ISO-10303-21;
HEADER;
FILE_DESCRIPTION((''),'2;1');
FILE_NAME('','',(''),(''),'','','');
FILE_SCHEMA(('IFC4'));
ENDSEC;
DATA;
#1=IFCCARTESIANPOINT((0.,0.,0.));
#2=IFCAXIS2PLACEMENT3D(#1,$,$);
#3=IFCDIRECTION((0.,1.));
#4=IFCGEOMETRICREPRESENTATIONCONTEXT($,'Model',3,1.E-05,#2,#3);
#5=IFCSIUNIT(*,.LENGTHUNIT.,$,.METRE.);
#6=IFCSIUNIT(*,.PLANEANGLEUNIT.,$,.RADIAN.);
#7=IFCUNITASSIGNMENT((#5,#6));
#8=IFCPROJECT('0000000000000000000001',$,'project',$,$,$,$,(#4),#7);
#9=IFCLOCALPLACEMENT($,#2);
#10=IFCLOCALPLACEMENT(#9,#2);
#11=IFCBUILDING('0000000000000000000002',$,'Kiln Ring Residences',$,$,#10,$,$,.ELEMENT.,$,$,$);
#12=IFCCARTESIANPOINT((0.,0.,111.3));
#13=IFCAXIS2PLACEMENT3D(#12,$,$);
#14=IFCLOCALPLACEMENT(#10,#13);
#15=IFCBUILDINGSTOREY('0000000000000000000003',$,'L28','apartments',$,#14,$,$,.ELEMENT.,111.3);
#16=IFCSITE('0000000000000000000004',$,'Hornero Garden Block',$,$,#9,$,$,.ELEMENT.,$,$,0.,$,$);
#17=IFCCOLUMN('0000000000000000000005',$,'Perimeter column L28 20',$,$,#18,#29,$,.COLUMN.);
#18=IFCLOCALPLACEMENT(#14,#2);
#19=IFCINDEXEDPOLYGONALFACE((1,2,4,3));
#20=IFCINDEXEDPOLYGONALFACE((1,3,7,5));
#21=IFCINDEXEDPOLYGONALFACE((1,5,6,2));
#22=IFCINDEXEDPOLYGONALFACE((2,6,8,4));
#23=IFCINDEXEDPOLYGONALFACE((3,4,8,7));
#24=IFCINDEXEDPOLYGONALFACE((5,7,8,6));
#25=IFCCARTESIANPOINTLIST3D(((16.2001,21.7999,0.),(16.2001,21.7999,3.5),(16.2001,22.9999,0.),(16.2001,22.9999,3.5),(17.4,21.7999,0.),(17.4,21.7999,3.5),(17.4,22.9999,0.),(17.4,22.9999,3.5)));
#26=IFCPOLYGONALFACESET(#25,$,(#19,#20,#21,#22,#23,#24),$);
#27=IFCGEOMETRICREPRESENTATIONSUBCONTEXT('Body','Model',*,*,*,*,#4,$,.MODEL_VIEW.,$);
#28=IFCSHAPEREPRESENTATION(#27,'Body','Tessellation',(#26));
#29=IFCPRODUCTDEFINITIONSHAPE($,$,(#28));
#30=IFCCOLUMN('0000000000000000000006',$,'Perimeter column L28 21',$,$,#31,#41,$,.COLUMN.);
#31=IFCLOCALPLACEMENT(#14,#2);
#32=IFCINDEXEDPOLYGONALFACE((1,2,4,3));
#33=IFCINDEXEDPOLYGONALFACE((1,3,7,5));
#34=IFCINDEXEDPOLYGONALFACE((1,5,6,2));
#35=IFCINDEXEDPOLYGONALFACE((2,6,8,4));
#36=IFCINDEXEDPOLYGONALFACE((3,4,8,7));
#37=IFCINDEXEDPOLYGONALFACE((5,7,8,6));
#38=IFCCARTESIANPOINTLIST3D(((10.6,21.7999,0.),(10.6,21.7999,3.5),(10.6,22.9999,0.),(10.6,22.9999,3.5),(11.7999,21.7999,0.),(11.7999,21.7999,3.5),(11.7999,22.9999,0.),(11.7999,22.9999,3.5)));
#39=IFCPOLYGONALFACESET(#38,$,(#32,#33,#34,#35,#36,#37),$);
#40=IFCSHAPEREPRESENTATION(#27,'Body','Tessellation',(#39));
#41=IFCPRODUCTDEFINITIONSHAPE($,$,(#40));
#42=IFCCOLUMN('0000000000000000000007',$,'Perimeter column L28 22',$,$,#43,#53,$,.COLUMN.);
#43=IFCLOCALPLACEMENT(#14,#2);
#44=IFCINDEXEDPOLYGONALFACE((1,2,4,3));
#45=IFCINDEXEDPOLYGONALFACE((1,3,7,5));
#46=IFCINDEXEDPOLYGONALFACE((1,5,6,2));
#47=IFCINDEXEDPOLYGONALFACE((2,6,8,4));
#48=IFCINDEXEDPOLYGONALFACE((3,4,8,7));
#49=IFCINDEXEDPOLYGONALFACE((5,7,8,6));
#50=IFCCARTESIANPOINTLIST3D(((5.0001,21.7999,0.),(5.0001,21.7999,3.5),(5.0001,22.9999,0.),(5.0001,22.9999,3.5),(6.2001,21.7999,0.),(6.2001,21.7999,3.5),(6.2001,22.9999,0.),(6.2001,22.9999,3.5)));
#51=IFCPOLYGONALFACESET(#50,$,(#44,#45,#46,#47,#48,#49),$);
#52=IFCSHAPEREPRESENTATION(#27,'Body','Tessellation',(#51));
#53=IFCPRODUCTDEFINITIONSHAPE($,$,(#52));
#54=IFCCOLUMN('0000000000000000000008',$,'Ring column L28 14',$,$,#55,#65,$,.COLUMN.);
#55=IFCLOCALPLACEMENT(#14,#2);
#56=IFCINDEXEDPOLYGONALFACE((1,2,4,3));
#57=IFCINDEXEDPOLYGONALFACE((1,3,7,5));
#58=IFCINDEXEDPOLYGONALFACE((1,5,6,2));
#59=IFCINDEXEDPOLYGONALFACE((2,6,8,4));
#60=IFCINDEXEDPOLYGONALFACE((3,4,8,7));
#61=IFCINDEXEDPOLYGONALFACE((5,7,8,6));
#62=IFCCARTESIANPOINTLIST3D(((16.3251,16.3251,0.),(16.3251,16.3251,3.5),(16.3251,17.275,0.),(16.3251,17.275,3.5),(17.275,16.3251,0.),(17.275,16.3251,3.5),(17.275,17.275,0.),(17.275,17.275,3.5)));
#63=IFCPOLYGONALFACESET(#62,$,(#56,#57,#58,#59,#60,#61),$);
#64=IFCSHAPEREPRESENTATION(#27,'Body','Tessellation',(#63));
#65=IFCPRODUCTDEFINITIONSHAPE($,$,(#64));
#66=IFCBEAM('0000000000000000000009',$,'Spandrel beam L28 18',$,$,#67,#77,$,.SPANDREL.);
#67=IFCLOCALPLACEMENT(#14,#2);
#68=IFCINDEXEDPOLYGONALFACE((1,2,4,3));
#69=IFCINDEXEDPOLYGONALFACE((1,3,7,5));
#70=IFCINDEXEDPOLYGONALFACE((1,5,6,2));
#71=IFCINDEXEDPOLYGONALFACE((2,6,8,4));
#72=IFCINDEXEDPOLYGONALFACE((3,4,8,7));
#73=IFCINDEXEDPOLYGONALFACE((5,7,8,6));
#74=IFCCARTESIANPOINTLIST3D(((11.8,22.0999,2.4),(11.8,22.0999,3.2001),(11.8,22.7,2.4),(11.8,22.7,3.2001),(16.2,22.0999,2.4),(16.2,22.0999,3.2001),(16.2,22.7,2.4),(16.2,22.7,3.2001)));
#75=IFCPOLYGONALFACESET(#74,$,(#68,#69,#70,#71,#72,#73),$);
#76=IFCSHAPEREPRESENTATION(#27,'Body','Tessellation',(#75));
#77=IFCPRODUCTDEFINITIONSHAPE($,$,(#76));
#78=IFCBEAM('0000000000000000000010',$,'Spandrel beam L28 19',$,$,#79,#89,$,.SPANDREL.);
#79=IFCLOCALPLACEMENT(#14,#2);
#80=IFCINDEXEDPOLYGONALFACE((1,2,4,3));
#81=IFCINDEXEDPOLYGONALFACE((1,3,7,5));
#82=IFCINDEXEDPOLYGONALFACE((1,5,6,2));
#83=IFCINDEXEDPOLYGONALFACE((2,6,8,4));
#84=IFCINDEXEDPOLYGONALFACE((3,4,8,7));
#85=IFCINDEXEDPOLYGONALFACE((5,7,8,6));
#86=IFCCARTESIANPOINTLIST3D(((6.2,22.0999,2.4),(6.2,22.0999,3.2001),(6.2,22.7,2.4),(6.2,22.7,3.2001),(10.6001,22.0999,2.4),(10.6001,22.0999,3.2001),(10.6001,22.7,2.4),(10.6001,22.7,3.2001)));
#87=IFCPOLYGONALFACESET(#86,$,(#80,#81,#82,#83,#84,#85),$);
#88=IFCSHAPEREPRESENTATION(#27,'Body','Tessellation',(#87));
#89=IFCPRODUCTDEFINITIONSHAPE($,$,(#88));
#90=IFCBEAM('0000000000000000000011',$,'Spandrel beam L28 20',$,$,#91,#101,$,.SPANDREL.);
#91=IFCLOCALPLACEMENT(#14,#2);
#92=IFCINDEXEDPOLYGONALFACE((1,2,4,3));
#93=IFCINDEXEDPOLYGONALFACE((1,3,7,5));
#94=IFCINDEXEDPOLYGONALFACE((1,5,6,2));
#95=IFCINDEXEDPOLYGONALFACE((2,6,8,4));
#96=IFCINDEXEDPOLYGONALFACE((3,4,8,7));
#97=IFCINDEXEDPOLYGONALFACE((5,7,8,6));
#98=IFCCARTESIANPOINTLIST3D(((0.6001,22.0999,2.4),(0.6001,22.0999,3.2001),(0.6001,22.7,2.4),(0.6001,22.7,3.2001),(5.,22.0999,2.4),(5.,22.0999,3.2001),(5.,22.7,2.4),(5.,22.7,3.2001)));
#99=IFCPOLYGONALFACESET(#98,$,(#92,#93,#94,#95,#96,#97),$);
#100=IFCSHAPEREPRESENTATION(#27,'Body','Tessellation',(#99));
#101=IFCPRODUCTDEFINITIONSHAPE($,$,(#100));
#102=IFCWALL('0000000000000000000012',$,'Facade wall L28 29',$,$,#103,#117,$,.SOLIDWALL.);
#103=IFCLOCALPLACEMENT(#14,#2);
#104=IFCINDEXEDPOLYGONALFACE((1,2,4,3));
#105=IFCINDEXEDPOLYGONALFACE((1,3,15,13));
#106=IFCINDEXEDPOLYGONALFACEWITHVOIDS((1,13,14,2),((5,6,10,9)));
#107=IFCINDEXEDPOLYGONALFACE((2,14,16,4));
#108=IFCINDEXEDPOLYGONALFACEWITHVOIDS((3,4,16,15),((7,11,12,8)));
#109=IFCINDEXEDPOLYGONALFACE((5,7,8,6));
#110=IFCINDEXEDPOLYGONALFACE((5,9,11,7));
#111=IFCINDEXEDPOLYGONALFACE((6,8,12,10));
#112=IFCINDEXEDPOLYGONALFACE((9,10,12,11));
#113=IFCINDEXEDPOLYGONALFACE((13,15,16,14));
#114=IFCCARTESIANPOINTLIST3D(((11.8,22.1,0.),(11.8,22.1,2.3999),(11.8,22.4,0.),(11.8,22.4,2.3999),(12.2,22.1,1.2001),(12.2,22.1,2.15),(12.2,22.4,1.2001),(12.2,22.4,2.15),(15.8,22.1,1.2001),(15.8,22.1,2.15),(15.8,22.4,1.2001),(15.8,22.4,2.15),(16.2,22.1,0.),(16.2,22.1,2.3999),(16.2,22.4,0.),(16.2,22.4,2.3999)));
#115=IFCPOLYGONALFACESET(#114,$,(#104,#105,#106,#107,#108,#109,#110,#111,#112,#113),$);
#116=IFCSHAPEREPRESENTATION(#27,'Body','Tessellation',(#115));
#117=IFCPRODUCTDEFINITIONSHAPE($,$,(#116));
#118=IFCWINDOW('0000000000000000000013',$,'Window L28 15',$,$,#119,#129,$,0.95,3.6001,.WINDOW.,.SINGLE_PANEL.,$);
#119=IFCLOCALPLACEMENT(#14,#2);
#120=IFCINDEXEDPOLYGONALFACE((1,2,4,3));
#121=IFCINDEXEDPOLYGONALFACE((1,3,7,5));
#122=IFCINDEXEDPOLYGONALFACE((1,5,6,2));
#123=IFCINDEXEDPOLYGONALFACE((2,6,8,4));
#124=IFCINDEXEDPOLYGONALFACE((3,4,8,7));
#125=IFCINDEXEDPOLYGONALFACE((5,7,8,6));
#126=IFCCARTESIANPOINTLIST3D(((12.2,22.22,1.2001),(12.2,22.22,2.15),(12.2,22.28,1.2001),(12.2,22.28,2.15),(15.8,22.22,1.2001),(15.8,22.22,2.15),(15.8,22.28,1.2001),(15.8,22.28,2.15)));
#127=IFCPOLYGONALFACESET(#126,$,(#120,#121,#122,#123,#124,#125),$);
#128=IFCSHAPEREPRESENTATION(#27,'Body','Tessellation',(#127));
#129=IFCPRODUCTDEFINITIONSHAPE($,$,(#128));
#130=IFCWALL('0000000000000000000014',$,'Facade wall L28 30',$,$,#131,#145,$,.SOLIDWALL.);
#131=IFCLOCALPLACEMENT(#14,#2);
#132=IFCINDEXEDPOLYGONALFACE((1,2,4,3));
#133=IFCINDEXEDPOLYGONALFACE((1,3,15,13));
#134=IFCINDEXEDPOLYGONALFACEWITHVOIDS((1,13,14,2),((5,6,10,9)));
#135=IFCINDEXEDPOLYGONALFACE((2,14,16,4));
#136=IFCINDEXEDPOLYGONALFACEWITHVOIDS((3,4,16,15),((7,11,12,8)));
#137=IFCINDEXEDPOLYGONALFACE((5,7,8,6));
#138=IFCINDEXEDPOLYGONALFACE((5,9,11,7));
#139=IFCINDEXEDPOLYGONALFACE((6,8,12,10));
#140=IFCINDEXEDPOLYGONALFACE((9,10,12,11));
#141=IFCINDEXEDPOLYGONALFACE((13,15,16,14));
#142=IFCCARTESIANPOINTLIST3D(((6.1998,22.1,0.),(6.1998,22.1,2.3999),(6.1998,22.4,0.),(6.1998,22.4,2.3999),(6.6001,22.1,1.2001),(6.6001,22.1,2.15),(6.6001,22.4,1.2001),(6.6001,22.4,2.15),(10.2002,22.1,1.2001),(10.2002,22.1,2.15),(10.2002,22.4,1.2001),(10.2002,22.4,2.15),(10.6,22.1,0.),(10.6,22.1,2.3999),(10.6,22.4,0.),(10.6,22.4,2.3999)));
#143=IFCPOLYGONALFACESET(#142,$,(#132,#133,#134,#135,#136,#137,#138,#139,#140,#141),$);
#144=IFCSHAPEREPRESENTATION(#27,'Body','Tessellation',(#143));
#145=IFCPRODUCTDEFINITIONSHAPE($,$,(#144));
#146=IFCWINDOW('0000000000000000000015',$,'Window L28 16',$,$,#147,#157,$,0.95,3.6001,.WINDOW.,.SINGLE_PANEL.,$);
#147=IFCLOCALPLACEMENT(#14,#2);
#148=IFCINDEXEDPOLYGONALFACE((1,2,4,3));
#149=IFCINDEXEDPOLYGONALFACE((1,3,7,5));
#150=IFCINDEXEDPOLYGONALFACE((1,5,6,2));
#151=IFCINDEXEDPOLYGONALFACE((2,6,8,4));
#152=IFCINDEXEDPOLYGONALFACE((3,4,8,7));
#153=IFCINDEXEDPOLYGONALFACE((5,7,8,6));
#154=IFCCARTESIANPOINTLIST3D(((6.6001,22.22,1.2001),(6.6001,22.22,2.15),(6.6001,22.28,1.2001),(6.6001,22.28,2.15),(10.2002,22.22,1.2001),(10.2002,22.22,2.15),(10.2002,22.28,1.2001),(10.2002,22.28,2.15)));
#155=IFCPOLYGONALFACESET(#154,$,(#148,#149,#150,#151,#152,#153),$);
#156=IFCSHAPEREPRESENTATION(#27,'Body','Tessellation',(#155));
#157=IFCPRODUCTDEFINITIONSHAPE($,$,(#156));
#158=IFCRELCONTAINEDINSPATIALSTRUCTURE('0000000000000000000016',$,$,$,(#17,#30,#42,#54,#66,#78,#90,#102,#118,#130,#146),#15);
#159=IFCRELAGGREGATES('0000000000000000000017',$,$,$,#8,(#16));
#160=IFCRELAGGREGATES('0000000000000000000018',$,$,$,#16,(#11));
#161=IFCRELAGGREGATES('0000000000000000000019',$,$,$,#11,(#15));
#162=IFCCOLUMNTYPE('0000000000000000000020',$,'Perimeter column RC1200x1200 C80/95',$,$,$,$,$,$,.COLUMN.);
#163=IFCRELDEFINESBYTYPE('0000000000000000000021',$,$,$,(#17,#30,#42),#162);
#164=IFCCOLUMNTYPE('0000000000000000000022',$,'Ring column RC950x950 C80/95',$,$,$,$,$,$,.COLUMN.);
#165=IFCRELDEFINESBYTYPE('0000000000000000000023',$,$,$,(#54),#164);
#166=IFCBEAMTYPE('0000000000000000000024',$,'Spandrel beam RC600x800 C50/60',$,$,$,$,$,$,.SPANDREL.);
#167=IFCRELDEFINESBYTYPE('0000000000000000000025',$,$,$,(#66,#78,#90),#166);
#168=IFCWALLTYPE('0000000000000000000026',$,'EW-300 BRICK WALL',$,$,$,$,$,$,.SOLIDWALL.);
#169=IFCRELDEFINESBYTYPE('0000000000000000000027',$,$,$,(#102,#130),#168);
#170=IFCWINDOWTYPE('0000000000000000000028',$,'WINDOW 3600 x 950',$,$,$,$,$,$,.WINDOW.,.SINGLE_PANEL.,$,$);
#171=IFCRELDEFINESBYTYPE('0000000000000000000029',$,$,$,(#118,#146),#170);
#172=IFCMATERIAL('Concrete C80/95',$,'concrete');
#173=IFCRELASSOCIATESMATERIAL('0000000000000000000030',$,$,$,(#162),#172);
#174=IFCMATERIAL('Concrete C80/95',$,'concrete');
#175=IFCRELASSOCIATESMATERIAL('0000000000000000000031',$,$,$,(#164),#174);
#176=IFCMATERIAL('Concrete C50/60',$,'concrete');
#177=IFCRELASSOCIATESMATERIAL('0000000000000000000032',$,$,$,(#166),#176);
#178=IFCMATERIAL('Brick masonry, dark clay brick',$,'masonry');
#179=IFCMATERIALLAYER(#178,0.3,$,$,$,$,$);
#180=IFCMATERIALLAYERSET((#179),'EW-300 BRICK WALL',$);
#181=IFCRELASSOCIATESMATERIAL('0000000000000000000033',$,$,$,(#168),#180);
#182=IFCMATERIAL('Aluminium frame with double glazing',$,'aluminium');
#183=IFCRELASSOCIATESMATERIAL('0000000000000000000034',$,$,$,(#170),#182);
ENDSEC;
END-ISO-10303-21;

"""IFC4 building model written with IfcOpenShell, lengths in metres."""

from ifc_helpers import new_model, si_unit, direction, frame, frame_2d, origin, origin_2d, place, context, subcontext, project, spatial, rectangle, extrude, material, layer, layer_set, material_profile, profile_set, type_object, element, fill, save


model = new_model("IFC4")

# Units and contexts
model_context = context("Model", 3, precision=1e-05, world=origin(), true_north=direction((0.0, 1.0)))
body_context = subcontext(model_context, "Body", "Model", "MODEL_VIEW")
ifc_project = project(units=[si_unit("LENGTHUNIT", "METRE"), si_unit("PLANEANGLEUNIT", "RADIAN")], contexts=[model_context])

# Site, building, storey
site_placement = place(None, origin())
site = spatial("IfcSite", under=ifc_project, at=site_placement, Name="Hornero Garden Block", CompositionType="ELEMENT", RefElevation=0.0)
building_placement = place(site_placement, origin())
building = spatial("IfcBuilding", under=site, at=building_placement, Name="Kiln Ring Residences", CompositionType="ELEMENT")
storey_placement = place(building_placement, frame((0.0, 0.0, 111.3)))
storey = spatial("IfcBuildingStorey", under=building, at=storey_placement, Name="L28", Description="apartments", CompositionType="ELEMENT", Elevation=111.3)

# Columns
ifc_material_1 = material(Name="Concrete C80/95", Category="concrete")
ifc_material_profile_1 = material_profile(ifc_material_1, rectangle(XDim=1.2, YDim=1.2, at=origin_2d()), Name="RC1200x1200")
ifc_profile_set_1 = profile_set([ifc_material_profile_1], Name="Concrete C80/95")
column_type_1 = type_object("IfcColumnType", Name="Perimeter column RC1200x1200 C80/95", PredefinedType="COLUMN", material=ifc_profile_set_1)
for number, where, z_axis, x_axis, name in (
    (1, (16.8, 22.3999, 0.0), (0.0, 0.0, 1.0), (1.0, 0.0, 0.0), "Perimeter column L28 20"),
    (2, (11.2, 22.3999, 0.0), (0.0, 0.0, 1.0), (1.0, 0.0, 0.0), "Perimeter column L28 21"),
    (3, (5.6001, 22.3999, 0.0), (0.0, 0.0, 1.0), (1.0, 0.0, 0.0), "Perimeter column L28 22"),
):
    element("IfcColumn", number, at=place(storey_placement, frame(where, z_axis=z_axis, x_axis=x_axis)), inside=storey, type_object=column_type_1, Name=name, PredefinedType="COLUMN", context=body_context, shape_type="SweptSolid", body=[
        extrude(rectangle(XDim=1.2, YDim=1.2, at=origin_2d()), origin(), (0.0, 0.0, 1.0), 3.5),
    ])
ifc_material_2 = material(Name="Concrete C80/95", Category="concrete")
ifc_material_profile_2 = material_profile(ifc_material_2, rectangle(XDim=0.95, YDim=0.95, at=origin_2d()), Name="RC950x950")
ifc_profile_set_2 = profile_set([ifc_material_profile_2], Name="Concrete C80/95")
column_type_2 = type_object("IfcColumnType", Name="Ring column RC950x950 C80/95", PredefinedType="COLUMN", material=ifc_profile_set_2)
column_placement = place(storey_placement, frame((16.8, 16.8, 0.0), z_axis=(0.0, 0.0, 1.0), x_axis=(1.0, 0.0, 0.0)))
element("IfcColumn", 4, at=column_placement, inside=storey, type_object=column_type_2, Name="Ring column L28 14", PredefinedType="COLUMN", context=body_context, shape_type="SweptSolid", body=[
    extrude(rectangle(XDim=0.95, YDim=0.95, at=origin_2d()), origin(), (0.0, 0.0, 1.0), 3.5),
])

# Beams
ifc_material_3 = material(Name="Concrete C50/60", Category="concrete")
ifc_material_profile_3 = material_profile(ifc_material_3, rectangle(XDim=0.6001, YDim=0.8, at=origin_2d()), Name="RC600x800")
ifc_profile_set_3 = profile_set([ifc_material_profile_3], Name="Concrete C50/60")
beam_type = type_object("IfcBeamType", Name="Spandrel beam RC600x800 C50/60", PredefinedType="SPANDREL", material=ifc_profile_set_3)
beam_1_placement = place(storey_placement, frame((16.2, 22.3999, 2.8), z_axis=(-1.0, 0.0, 0.0), x_axis=(0.0, -1.0, 0.0)))
element("IfcBeam", 5, at=beam_1_placement, inside=storey, type_object=beam_type, Name="Spandrel beam L28 18", PredefinedType="SPANDREL", context=body_context, shape_type="SweptSolid", body=[
    extrude(rectangle(XDim=0.6001, YDim=0.8, at=origin_2d()), origin(), (0.0, 0.0, 1.0), 4.3999),
])
beam_2_placement = place(storey_placement, frame((10.6001, 22.3999, 2.8), z_axis=(-1.0, 0.0, 0.0), x_axis=(0.0, -1.0, 0.0)))
element("IfcBeam", 6, at=beam_2_placement, inside=storey, type_object=beam_type, Name="Spandrel beam L28 19", PredefinedType="SPANDREL", context=body_context, shape_type="SweptSolid", body=[
    extrude(rectangle(XDim=0.6001, YDim=0.8, at=origin_2d()), origin(), (0.0, 0.0, 1.0), 4.4001),
])
beam_3_placement = place(storey_placement, frame((5.0, 22.3999, 2.8), z_axis=(-1.0, 0.0, 0.0), x_axis=(0.0, -1.0, 0.0)))
element("IfcBeam", 7, at=beam_3_placement, inside=storey, type_object=beam_type, Name="Spandrel beam L28 20", PredefinedType="SPANDREL", context=body_context, shape_type="SweptSolid", body=[
    extrude(rectangle(XDim=0.6001, YDim=0.8, at=origin_2d()), origin(), (0.0, 0.0, 1.0), 4.3999),
])

# Walls, openings, windows
ifc_material_4 = material(Name="Brick masonry, dark clay brick", Category="masonry")
ifc_layer_1 = layer(ifc_material_4, 0.3)
ifc_layer_set_1 = layer_set([ifc_layer_1], Name="EW-300 BRICK WALL")
wall_type_1 = type_object("IfcWallType", Name="EW-300 BRICK WALL", PredefinedType="SOLIDWALL", material=ifc_layer_set_1)
wall_1_placement = place(storey_placement, frame((16.2, 22.25, 0.0), z_axis=(0.0, 0.0, 1.0), x_axis=(-1.0, 0.0, 0.0)))
wall_1 = element("IfcWall", 8, at=wall_1_placement, inside=storey, type_object=wall_type_1, Name="Facade wall L28 29", PredefinedType="SOLIDWALL", context=body_context, shape_type="SweptSolid", body=[
    extrude(rectangle(XDim=4.3999, YDim=0.3, at=frame_2d((2.2, 0.0))), origin(), (0.0, 0.0, 1.0), 2.3999),
])
opening_1_placement = place(wall_1_placement, frame((0.3999, 0.0, 1.2)))
opening_1 = element("IfcOpeningElement", 9, at=opening_1_placement, cuts=wall_1, PredefinedType="OPENING", context=body_context, shape_type="SweptSolid", body=[
    extrude(rectangle(XDim=3.6001, YDim=0.95, at=frame_2d((1.8, 0.4751))), frame((0.0, 0.1599, 0.0), z_axis=(0.0, -1.0, 0.0), x_axis=(1.0, 0.0, 0.0)), (0.0, 0.0, 1.0), 0.3201),
])
ifc_material_5 = material(Name="Aluminium frame with double glazing", Category="aluminium")
window_type = type_object("IfcWindowType", Name="WINDOW 3600 x 950", PartitioningType="SINGLE_PANEL", PredefinedType="WINDOW", material=ifc_material_5)
window_1_placement = place(opening_1_placement, origin())
window_1 = element("IfcWindow", 10, at=window_1_placement, inside=storey, type_object=window_type, Name="Window L28 15", OverallHeight=0.95, OverallWidth=3.6001, PartitioningType="SINGLE_PANEL", PredefinedType="WINDOW", context=body_context, shape_type="SweptSolid", body=[
    extrude(rectangle(XDim=3.6001, YDim=0.95, at=frame_2d((1.8, 0.4751))), frame((0.0, 0.03, 0.0), z_axis=(0.0, -1.0, 0.0), x_axis=(1.0, 0.0, 0.0)), (0.0, 0.0, 1.0), 0.0601),
])
fill(opening_1, window_1)
wall_2_placement = place(storey_placement, frame((10.6001, 22.25, 0.0), z_axis=(0.0, 0.0, 1.0), x_axis=(-1.0, 0.0, 0.0)))
wall_2 = element("IfcWall", 11, at=wall_2_placement, inside=storey, type_object=wall_type_1, Name="Facade wall L28 30", PredefinedType="SOLIDWALL", context=body_context, shape_type="SweptSolid", body=[
    extrude(rectangle(XDim=4.4001, YDim=0.3, at=frame_2d((2.2002, 0.0))), origin(), (0.0, 0.0, 1.0), 2.3999),
])
opening_2_placement = place(wall_2_placement, frame((0.3999, 0.0, 1.2)))
opening_2 = element("IfcOpeningElement", 12, at=opening_2_placement, cuts=wall_2, PredefinedType="OPENING", context=body_context, shape_type="SweptSolid", body=[
    extrude(rectangle(XDim=3.6001, YDim=0.95, at=frame_2d((1.8, 0.4751))), frame((0.0, 0.1599, 0.0), z_axis=(0.0, -1.0, 0.0), x_axis=(1.0, 0.0, 0.0)), (0.0, 0.0, 1.0), 0.3201),
])
window_2_placement = place(opening_2_placement, origin())
window_2 = element("IfcWindow", 13, at=window_2_placement, inside=storey, type_object=window_type, Name="Window L28 16", OverallHeight=0.95, OverallWidth=3.6001, PartitioningType="SINGLE_PANEL", PredefinedType="WINDOW", context=body_context, shape_type="SweptSolid", body=[
    extrude(rectangle(XDim=3.6001, YDim=0.95, at=frame_2d((1.8, 0.4751))), frame((0.0, 0.03, 0.0), z_axis=(0.0, -1.0, 0.0), x_axis=(1.0, 0.0, 0.0)), (0.0, 0.0, 1.0), 0.0601),
])
fill(opening_2, window_2)

save(model, "model.ifc")
